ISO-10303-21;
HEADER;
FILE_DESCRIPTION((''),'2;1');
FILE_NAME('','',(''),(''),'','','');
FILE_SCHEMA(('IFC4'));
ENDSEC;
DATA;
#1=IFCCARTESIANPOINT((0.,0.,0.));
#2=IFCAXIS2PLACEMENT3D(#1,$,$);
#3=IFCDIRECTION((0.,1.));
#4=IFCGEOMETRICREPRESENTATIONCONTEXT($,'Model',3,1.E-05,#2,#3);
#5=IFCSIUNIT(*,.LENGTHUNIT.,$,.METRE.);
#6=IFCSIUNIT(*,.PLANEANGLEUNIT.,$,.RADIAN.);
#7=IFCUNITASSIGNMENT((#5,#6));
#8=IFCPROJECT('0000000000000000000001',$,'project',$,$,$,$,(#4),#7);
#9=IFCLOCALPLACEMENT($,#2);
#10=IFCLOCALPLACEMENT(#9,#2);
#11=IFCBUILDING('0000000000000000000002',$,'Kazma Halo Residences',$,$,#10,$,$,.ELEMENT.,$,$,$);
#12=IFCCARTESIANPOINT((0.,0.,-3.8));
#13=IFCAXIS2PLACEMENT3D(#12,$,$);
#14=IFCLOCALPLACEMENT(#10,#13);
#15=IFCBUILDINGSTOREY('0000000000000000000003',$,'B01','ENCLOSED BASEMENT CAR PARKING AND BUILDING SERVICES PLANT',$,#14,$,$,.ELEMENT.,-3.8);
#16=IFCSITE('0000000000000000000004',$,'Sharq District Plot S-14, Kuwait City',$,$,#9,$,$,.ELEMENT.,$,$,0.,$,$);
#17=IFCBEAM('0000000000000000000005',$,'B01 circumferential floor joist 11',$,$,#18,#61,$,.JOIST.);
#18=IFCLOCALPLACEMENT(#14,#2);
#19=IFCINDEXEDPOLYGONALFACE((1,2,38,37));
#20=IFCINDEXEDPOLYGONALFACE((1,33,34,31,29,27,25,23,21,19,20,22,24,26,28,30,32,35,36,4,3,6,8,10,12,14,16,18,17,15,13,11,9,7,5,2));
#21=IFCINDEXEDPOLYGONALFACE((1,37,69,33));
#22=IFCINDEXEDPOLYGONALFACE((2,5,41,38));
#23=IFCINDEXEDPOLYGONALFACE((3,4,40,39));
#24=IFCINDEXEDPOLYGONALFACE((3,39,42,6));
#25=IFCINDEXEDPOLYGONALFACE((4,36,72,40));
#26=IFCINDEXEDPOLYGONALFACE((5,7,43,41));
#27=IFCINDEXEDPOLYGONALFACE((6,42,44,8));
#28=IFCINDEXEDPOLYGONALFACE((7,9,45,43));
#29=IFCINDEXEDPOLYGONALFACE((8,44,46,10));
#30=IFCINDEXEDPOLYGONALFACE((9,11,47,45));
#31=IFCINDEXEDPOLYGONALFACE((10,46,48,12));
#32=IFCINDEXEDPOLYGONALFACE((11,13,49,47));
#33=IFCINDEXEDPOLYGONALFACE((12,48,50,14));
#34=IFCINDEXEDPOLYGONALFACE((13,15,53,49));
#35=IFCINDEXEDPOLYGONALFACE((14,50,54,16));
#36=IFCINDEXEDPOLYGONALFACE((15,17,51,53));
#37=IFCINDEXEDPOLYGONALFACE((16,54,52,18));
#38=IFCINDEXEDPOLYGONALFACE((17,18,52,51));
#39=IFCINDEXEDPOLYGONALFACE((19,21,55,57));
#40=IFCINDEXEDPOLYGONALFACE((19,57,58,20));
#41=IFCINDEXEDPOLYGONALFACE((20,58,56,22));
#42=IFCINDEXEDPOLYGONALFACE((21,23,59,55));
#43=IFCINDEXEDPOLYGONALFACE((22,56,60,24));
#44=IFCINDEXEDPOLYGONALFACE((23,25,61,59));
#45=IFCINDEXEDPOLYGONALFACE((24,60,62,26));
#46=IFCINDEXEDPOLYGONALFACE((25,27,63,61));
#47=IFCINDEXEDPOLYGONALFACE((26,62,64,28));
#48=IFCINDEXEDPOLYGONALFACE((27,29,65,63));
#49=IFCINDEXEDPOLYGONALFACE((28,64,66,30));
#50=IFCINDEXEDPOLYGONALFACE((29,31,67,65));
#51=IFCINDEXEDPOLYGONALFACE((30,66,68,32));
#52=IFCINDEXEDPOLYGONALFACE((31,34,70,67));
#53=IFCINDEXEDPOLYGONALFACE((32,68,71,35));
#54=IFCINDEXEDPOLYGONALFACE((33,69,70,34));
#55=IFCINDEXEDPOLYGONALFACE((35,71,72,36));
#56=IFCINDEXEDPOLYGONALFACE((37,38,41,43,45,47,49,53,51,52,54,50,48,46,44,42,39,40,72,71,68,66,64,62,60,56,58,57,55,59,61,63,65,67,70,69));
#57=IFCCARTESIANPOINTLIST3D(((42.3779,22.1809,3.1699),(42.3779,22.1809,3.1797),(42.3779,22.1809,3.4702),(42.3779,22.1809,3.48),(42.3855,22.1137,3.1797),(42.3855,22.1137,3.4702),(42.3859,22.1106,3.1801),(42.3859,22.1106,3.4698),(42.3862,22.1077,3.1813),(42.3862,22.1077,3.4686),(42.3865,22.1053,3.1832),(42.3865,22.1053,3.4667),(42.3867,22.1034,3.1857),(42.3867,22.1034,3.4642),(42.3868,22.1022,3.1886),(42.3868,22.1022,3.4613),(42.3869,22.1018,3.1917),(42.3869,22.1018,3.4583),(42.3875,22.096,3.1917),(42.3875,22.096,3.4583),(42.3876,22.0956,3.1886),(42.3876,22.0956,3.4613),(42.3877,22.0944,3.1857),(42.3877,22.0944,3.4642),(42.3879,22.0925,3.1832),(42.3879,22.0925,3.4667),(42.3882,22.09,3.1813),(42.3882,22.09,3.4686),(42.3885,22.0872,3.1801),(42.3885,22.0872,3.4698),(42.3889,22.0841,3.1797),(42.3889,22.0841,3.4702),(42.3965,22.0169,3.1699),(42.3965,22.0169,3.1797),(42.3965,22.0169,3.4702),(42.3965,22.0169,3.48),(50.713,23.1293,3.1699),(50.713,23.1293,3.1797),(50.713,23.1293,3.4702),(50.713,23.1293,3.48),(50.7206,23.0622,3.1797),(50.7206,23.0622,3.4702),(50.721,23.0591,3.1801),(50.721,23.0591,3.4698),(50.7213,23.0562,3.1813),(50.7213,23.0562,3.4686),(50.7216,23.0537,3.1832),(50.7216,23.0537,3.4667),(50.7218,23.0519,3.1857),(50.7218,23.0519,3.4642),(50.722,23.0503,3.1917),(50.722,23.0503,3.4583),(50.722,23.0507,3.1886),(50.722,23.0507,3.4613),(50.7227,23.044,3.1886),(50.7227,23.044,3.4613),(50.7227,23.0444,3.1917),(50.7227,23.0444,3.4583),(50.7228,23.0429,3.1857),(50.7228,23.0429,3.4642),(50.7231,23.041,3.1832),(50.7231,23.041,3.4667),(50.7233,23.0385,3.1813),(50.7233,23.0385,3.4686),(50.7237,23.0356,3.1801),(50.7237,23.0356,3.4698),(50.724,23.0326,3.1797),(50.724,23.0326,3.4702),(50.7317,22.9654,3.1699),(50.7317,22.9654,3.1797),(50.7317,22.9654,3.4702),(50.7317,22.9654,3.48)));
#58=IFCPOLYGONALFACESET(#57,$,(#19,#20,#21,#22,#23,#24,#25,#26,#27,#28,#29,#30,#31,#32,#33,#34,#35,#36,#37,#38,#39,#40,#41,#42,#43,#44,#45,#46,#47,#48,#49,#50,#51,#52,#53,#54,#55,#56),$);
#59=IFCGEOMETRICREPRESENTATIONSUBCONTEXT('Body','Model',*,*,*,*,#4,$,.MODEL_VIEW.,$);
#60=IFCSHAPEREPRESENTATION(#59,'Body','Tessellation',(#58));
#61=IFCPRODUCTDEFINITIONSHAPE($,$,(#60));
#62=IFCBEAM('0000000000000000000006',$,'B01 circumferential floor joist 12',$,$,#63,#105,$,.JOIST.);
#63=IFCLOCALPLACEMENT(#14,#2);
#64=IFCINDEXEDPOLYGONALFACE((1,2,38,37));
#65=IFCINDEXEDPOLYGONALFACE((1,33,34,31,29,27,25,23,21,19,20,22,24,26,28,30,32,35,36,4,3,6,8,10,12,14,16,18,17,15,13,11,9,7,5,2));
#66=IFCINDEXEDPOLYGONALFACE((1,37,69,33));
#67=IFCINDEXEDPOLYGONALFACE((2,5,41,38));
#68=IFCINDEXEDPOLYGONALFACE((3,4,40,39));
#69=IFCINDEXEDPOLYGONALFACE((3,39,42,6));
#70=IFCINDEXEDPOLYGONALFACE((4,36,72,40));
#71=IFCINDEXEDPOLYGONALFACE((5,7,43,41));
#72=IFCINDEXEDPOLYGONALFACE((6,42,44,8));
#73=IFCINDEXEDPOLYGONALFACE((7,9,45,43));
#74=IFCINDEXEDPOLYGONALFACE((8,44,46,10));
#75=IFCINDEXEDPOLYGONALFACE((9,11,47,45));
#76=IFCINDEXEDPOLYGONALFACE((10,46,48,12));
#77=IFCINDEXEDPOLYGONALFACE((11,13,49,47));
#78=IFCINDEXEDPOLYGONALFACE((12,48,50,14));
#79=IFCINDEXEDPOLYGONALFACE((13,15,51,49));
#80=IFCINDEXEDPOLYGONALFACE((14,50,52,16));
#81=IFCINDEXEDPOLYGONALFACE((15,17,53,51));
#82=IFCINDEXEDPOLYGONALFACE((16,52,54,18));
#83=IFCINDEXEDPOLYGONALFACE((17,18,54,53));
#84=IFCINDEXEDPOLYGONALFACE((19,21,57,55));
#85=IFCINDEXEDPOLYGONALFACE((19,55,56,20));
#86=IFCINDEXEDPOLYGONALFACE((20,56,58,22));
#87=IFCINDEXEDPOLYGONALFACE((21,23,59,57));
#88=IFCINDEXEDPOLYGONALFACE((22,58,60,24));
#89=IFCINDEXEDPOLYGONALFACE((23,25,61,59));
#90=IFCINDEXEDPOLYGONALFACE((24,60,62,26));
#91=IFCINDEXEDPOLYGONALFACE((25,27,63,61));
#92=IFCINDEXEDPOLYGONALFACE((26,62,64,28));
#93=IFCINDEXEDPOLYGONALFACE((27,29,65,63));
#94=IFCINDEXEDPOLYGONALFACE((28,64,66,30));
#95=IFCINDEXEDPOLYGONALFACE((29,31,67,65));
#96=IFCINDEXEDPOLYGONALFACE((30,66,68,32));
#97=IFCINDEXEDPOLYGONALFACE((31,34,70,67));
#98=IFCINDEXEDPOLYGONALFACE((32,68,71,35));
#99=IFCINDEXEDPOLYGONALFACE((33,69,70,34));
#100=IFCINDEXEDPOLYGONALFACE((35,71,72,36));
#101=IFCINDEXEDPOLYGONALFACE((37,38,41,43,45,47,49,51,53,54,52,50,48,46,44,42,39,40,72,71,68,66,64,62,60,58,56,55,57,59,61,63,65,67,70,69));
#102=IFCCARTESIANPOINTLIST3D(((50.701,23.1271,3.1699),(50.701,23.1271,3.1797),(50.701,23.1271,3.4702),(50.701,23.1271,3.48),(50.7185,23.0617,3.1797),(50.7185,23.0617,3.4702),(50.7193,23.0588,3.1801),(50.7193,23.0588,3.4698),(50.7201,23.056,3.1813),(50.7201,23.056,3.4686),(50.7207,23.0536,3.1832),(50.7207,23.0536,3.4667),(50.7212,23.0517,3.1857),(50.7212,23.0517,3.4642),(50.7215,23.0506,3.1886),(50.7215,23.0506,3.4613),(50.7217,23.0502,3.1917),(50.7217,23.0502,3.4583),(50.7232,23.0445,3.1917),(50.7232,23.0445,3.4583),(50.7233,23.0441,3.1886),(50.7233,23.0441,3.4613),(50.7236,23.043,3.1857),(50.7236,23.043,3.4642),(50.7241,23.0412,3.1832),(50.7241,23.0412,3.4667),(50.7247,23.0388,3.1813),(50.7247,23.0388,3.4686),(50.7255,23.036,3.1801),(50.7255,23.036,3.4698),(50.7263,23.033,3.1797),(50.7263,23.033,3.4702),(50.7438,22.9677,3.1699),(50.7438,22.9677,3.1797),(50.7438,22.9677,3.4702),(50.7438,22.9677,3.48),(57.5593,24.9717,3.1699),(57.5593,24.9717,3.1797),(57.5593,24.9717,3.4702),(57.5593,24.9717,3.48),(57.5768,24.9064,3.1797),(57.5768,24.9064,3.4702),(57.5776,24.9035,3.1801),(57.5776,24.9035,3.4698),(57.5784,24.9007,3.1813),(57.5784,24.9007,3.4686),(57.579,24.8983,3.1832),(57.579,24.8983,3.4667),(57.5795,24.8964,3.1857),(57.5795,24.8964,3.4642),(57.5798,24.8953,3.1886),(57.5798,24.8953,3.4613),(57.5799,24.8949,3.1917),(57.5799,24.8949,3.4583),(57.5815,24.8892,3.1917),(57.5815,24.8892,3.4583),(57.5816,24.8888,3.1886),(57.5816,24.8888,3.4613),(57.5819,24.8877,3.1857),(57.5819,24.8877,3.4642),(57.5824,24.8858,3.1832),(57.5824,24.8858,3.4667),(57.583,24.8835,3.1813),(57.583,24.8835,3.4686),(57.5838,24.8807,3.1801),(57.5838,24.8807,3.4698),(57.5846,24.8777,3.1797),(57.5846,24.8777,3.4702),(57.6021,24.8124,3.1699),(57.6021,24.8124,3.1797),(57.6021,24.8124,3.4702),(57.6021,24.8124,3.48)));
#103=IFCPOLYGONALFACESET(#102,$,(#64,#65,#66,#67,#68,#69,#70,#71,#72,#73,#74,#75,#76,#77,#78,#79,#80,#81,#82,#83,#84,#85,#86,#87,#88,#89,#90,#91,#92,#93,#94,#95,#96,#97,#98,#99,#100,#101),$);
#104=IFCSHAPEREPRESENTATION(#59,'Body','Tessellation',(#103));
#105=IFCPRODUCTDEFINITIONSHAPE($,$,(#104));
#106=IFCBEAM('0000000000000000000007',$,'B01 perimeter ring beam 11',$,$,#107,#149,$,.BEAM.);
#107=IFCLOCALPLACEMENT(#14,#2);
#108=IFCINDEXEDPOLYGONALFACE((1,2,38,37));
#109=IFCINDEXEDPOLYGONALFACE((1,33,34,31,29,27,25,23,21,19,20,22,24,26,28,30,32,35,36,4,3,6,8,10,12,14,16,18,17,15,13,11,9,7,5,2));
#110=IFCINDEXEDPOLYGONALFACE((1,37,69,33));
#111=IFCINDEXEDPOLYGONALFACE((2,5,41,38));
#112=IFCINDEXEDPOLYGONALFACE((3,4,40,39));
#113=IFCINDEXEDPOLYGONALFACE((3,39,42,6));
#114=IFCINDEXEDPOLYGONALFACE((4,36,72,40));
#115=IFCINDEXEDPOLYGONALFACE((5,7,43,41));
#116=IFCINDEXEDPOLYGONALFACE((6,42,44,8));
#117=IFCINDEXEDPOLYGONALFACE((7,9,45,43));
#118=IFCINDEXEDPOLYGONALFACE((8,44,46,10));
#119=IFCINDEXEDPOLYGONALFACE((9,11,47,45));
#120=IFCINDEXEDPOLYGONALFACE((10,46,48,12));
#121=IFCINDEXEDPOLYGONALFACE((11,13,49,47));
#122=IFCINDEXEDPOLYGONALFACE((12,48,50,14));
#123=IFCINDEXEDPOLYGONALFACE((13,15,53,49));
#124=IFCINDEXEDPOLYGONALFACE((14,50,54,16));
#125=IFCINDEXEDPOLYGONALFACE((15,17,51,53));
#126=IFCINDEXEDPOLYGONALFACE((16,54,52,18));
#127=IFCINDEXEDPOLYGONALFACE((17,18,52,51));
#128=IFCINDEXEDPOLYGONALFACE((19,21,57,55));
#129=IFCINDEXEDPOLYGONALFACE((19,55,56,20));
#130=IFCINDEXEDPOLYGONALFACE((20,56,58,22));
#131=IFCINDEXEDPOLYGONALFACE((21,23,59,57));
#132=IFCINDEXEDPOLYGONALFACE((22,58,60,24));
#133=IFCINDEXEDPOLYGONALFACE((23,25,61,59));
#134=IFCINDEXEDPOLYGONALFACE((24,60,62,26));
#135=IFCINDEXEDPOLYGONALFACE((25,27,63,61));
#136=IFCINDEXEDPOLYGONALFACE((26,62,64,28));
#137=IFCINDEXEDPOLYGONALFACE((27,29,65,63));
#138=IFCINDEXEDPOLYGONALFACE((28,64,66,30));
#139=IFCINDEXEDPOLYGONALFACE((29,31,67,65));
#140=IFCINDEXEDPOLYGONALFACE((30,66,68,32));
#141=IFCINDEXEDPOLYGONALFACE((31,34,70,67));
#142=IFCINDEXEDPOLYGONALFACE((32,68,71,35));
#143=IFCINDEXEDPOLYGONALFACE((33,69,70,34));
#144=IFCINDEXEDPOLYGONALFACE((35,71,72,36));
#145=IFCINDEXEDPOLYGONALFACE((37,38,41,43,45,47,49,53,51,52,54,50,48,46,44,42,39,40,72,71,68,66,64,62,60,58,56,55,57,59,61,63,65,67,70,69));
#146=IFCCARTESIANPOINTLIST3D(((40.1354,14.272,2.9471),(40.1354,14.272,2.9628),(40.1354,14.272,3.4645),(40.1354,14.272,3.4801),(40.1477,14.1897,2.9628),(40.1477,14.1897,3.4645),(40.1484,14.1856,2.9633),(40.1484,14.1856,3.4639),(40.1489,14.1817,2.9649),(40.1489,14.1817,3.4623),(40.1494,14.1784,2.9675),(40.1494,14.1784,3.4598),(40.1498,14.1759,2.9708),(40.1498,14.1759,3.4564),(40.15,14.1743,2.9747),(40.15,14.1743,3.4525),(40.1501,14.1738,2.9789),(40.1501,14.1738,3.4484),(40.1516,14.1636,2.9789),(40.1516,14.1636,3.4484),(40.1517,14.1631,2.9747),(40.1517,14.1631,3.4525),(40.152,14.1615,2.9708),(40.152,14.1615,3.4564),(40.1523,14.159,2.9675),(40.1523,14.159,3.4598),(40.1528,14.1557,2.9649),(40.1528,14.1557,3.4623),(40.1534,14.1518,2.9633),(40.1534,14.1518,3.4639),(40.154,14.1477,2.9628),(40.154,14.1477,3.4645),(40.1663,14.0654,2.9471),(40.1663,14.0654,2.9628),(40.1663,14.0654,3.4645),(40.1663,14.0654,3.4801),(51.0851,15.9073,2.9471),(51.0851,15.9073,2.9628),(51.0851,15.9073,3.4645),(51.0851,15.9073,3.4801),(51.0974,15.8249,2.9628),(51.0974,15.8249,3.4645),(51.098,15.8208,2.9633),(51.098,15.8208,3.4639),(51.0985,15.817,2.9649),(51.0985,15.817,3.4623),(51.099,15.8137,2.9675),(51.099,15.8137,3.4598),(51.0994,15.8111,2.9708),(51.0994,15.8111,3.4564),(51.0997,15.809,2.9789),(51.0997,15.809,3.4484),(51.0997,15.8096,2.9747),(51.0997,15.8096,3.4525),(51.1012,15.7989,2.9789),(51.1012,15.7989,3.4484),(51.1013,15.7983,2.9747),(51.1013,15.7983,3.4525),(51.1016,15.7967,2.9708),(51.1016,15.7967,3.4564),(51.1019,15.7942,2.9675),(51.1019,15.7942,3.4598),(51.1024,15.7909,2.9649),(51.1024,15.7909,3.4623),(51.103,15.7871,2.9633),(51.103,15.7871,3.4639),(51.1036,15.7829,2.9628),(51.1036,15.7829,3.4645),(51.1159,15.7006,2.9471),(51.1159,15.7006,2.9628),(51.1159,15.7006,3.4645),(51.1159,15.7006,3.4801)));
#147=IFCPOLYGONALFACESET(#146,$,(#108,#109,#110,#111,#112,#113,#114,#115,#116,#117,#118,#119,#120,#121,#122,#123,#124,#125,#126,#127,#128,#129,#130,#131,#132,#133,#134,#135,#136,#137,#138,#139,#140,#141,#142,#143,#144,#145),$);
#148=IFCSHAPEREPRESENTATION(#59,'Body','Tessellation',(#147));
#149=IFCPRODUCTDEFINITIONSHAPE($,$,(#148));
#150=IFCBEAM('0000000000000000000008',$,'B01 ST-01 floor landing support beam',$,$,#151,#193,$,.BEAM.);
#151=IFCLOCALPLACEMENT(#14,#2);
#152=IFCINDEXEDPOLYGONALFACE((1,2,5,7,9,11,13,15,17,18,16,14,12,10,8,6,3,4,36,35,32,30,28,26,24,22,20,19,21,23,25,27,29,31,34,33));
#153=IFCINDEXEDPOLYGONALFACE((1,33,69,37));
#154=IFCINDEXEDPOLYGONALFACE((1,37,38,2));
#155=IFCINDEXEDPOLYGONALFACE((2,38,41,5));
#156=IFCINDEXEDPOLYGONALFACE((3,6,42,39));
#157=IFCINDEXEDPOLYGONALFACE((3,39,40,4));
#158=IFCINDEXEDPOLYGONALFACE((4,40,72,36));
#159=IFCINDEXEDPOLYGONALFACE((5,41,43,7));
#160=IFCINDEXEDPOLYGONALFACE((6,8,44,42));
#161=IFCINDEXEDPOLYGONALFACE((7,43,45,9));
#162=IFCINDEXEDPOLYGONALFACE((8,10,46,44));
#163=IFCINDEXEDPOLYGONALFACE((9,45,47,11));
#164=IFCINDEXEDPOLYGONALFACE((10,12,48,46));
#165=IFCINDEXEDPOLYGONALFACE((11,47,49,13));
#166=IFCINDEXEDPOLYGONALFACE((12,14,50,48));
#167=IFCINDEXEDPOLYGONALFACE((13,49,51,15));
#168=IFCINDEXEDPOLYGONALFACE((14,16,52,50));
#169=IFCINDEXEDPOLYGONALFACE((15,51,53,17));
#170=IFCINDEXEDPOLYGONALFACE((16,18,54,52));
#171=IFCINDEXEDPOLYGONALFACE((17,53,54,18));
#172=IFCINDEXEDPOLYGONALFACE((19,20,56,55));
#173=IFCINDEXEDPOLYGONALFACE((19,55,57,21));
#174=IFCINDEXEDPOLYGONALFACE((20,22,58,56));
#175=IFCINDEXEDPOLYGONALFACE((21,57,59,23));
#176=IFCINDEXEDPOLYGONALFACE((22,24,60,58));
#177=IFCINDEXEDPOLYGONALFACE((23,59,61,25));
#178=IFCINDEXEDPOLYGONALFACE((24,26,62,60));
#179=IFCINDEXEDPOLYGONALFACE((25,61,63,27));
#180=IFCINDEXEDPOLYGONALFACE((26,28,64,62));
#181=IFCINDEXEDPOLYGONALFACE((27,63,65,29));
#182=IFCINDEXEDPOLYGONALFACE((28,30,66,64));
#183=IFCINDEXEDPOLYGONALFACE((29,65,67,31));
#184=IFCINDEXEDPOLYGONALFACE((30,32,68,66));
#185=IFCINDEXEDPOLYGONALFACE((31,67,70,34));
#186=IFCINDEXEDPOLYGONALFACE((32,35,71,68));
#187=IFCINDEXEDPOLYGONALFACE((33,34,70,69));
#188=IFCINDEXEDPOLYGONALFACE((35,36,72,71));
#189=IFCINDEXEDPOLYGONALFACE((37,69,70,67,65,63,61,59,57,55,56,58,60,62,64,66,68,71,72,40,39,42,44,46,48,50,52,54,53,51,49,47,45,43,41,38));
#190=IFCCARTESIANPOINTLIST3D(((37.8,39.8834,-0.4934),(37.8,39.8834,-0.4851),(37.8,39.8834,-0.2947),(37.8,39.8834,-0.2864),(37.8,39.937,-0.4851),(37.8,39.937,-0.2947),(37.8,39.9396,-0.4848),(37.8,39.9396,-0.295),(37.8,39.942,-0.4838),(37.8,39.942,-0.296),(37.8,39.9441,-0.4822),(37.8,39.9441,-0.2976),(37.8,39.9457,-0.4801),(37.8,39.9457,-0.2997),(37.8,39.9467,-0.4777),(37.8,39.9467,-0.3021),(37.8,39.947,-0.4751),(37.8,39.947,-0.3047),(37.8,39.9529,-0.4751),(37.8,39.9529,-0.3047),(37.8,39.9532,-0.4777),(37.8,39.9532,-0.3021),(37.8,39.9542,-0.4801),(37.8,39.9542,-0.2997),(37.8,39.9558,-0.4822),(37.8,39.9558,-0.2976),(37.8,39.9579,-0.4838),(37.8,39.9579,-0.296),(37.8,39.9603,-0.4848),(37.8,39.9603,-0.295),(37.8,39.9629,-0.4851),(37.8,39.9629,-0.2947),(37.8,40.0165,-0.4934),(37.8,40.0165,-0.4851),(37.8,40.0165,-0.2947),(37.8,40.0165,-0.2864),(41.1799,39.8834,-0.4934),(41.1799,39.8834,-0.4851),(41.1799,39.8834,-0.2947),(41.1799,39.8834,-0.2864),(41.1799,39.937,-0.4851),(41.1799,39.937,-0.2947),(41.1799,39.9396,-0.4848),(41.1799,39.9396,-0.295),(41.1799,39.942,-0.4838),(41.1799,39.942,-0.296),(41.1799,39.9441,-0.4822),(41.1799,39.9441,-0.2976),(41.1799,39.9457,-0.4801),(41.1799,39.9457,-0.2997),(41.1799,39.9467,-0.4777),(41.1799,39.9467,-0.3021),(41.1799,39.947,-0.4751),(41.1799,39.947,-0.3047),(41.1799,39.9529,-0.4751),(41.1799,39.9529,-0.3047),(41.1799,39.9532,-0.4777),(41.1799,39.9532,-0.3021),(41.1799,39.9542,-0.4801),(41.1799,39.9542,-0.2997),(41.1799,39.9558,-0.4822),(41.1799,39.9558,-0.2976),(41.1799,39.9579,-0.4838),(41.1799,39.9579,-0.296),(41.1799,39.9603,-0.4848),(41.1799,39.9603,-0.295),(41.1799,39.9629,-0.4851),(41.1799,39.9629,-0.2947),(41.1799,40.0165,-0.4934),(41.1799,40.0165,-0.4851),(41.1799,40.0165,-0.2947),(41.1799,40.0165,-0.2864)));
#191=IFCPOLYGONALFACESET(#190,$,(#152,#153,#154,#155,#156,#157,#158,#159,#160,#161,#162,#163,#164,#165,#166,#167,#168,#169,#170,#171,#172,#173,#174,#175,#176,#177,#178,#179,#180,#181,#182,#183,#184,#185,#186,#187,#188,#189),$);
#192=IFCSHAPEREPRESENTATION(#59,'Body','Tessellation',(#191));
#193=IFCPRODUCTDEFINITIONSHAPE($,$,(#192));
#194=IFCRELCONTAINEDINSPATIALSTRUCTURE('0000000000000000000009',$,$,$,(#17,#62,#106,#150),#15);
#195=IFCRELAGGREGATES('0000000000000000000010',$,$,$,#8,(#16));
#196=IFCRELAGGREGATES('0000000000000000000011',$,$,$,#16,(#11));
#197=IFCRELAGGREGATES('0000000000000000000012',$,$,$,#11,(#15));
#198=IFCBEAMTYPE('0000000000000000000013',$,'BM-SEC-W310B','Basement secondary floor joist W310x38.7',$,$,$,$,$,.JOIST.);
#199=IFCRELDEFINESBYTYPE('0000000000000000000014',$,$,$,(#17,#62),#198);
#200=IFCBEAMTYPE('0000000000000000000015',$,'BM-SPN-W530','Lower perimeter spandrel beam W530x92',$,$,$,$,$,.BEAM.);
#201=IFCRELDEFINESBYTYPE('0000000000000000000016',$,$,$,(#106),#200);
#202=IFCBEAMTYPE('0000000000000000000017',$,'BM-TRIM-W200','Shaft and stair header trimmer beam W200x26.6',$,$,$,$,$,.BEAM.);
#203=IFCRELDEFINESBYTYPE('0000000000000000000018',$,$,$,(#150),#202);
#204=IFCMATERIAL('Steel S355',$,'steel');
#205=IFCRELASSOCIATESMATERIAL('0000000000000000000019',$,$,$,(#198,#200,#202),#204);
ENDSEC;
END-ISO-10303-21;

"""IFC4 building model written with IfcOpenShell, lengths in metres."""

from ifc_helpers import new_model, si_unit, direction, frame, origin, origin_2d, place, context, subcontext, project, spatial, i_section, extrude, material, material_profile, profile_set, type_object, element, save


model = new_model("IFC4")

# Units and contexts
model_context = context("Model", 3, precision=1e-05, world=origin(), true_north=direction((0.0, 1.0)))
body_context = subcontext(model_context, "Body", "Model", "MODEL_VIEW")
ifc_project = project(units=[si_unit("LENGTHUNIT", "METRE"), si_unit("PLANEANGLEUNIT", "RADIAN")], contexts=[model_context])

# Site, building, storey
site_placement = place(None, origin())
site = spatial("IfcSite", under=ifc_project, at=site_placement, Name="Sharq District Plot S-14, Kuwait City", CompositionType="ELEMENT", RefElevation=0.0)
building_placement = place(site_placement, origin())
building = spatial("IfcBuilding", under=site, at=building_placement, Name="Kazma Halo Residences", CompositionType="ELEMENT")
storey_placement = place(building_placement, frame((0.0, 0.0, -3.8)))
storey = spatial("IfcBuildingStorey", under=building, at=storey_placement, Name="B01", Description="ENCLOSED BASEMENT CAR PARKING AND BUILDING SERVICES PLANT", CompositionType="ELEMENT", Elevation=-3.8)

# Beams
ifc_material_1 = material(Name="Steel S355", Category="steel")
ifc_material_profile_1 = material_profile(ifc_material_1, i_section(OverallWidth=0.165, OverallDepth=0.3101, WebThickness=0.0059, FlangeThickness=0.0098, FilletRadius=0.012, at=origin_2d()), Name="W310x38.7")
ifc_profile_set_1 = profile_set([ifc_material_profile_1], Name="Steel S355")
beam_type_1 = type_object("IfcBeamType", Name="BM-SEC-W310B", Description="Basement secondary floor joist W310x38.7", PredefinedType="JOIST", material=ifc_profile_set_1)
beam_1_placement = place(storey_placement, frame((42.3872, 22.0989, 3.325), z_axis=(0.993588, 0.113063, 0.0), x_axis=(-0.113063, 0.993588, 0.0)))
element("IfcBeam", 1, at=beam_1_placement, inside=storey, type_object=beam_type_1, Name="B01 circumferential floor joist 11", PredefinedType="JOIST", context=body_context, shape_type="SweptSolid", body=[
    extrude(i_section(OverallWidth=0.165, OverallDepth=0.3101, WebThickness=0.0059, FlangeThickness=0.0098, FilletRadius=0.012, at=origin_2d()), origin(), (0.0, 0.0, 1.0), 8.3889),
])
beam_2_placement = place(storey_placement, frame((50.7224, 23.0474, 3.325), z_axis=(0.965678, 0.259742, 0.0), x_axis=(-0.259742, 0.965678, 0.0)))
element("IfcBeam", 2, at=beam_2_placement, inside=storey, type_object=beam_type_1, Name="B01 circumferential floor joist 12", PredefinedType="JOIST", context=body_context, shape_type="SweptSolid", body=[
    extrude(i_section(OverallWidth=0.165, OverallDepth=0.3101, WebThickness=0.0059, FlangeThickness=0.0098, FilletRadius=0.012, at=origin_2d()), origin(), (0.0, 0.0, 1.0), 7.1021),
])
ifc_material_profile_2 = material_profile(ifc_material_1, i_section(OverallWidth=0.209, OverallDepth=0.533, WebThickness=0.0103, FlangeThickness=0.0156, FilletRadius=0.0161, at=origin_2d()), Name="W530x92")
ifc_profile_set_2 = profile_set([ifc_material_profile_2], Name="Steel S355")
beam_type_2 = type_object("IfcBeamType", Name="BM-SPN-W530", Description="Lower perimeter spandrel beam W530x92", PredefinedType="BEAM", material=ifc_profile_set_2)
beam_3_placement = place(storey_placement, frame((40.1509, 14.1687, 3.2136), z_axis=(0.989032, 0.147704, 0.0), x_axis=(-0.147704, 0.989032, 0.0)))
element("IfcBeam", 3, at=beam_3_placement, inside=storey, type_object=beam_type_2, Name="B01 perimeter ring beam 11", PredefinedType="BEAM", context=body_context, shape_type="SweptSolid", body=[
    extrude(i_section(OverallWidth=0.209, OverallDepth=0.533, WebThickness=0.0103, FlangeThickness=0.0156, FilletRadius=0.0161, at=origin_2d()), origin(), (0.0, 0.0, 1.0), 11.071),
])
ifc_material_profile_3 = material_profile(ifc_material_1, i_section(OverallWidth=0.1331, OverallDepth=0.207, WebThickness=0.0059, FlangeThickness=0.0083, FilletRadius=0.01, at=origin_2d()), Name="W200x26.6")
ifc_profile_set_3 = profile_set([ifc_material_profile_3], Name="Steel S355")
beam_type_3 = type_object("IfcBeamType", Name="BM-TRIM-W200", Description="Shaft and stair header trimmer beam W200x26.6", PredefinedType="BEAM", material=ifc_profile_set_3)
beam_4_placement = place(storey_placement, frame((37.8, 39.95, -0.3899), z_axis=(1.0, 0.0, 0.0), x_axis=(0.0, 1.0, 0.0)))
element("IfcBeam", 4, at=beam_4_placement, inside=storey, type_object=beam_type_3, Name="B01 ST-01 floor landing support beam", PredefinedType="BEAM", context=body_context, shape_type="SweptSolid", body=[
    extrude(i_section(OverallWidth=0.1331, OverallDepth=0.207, WebThickness=0.0059, FlangeThickness=0.0083, FilletRadius=0.01, at=origin_2d()), origin(), (0.0, 0.0, 1.0), 3.3799),
])

save(model, "model.ifc")
